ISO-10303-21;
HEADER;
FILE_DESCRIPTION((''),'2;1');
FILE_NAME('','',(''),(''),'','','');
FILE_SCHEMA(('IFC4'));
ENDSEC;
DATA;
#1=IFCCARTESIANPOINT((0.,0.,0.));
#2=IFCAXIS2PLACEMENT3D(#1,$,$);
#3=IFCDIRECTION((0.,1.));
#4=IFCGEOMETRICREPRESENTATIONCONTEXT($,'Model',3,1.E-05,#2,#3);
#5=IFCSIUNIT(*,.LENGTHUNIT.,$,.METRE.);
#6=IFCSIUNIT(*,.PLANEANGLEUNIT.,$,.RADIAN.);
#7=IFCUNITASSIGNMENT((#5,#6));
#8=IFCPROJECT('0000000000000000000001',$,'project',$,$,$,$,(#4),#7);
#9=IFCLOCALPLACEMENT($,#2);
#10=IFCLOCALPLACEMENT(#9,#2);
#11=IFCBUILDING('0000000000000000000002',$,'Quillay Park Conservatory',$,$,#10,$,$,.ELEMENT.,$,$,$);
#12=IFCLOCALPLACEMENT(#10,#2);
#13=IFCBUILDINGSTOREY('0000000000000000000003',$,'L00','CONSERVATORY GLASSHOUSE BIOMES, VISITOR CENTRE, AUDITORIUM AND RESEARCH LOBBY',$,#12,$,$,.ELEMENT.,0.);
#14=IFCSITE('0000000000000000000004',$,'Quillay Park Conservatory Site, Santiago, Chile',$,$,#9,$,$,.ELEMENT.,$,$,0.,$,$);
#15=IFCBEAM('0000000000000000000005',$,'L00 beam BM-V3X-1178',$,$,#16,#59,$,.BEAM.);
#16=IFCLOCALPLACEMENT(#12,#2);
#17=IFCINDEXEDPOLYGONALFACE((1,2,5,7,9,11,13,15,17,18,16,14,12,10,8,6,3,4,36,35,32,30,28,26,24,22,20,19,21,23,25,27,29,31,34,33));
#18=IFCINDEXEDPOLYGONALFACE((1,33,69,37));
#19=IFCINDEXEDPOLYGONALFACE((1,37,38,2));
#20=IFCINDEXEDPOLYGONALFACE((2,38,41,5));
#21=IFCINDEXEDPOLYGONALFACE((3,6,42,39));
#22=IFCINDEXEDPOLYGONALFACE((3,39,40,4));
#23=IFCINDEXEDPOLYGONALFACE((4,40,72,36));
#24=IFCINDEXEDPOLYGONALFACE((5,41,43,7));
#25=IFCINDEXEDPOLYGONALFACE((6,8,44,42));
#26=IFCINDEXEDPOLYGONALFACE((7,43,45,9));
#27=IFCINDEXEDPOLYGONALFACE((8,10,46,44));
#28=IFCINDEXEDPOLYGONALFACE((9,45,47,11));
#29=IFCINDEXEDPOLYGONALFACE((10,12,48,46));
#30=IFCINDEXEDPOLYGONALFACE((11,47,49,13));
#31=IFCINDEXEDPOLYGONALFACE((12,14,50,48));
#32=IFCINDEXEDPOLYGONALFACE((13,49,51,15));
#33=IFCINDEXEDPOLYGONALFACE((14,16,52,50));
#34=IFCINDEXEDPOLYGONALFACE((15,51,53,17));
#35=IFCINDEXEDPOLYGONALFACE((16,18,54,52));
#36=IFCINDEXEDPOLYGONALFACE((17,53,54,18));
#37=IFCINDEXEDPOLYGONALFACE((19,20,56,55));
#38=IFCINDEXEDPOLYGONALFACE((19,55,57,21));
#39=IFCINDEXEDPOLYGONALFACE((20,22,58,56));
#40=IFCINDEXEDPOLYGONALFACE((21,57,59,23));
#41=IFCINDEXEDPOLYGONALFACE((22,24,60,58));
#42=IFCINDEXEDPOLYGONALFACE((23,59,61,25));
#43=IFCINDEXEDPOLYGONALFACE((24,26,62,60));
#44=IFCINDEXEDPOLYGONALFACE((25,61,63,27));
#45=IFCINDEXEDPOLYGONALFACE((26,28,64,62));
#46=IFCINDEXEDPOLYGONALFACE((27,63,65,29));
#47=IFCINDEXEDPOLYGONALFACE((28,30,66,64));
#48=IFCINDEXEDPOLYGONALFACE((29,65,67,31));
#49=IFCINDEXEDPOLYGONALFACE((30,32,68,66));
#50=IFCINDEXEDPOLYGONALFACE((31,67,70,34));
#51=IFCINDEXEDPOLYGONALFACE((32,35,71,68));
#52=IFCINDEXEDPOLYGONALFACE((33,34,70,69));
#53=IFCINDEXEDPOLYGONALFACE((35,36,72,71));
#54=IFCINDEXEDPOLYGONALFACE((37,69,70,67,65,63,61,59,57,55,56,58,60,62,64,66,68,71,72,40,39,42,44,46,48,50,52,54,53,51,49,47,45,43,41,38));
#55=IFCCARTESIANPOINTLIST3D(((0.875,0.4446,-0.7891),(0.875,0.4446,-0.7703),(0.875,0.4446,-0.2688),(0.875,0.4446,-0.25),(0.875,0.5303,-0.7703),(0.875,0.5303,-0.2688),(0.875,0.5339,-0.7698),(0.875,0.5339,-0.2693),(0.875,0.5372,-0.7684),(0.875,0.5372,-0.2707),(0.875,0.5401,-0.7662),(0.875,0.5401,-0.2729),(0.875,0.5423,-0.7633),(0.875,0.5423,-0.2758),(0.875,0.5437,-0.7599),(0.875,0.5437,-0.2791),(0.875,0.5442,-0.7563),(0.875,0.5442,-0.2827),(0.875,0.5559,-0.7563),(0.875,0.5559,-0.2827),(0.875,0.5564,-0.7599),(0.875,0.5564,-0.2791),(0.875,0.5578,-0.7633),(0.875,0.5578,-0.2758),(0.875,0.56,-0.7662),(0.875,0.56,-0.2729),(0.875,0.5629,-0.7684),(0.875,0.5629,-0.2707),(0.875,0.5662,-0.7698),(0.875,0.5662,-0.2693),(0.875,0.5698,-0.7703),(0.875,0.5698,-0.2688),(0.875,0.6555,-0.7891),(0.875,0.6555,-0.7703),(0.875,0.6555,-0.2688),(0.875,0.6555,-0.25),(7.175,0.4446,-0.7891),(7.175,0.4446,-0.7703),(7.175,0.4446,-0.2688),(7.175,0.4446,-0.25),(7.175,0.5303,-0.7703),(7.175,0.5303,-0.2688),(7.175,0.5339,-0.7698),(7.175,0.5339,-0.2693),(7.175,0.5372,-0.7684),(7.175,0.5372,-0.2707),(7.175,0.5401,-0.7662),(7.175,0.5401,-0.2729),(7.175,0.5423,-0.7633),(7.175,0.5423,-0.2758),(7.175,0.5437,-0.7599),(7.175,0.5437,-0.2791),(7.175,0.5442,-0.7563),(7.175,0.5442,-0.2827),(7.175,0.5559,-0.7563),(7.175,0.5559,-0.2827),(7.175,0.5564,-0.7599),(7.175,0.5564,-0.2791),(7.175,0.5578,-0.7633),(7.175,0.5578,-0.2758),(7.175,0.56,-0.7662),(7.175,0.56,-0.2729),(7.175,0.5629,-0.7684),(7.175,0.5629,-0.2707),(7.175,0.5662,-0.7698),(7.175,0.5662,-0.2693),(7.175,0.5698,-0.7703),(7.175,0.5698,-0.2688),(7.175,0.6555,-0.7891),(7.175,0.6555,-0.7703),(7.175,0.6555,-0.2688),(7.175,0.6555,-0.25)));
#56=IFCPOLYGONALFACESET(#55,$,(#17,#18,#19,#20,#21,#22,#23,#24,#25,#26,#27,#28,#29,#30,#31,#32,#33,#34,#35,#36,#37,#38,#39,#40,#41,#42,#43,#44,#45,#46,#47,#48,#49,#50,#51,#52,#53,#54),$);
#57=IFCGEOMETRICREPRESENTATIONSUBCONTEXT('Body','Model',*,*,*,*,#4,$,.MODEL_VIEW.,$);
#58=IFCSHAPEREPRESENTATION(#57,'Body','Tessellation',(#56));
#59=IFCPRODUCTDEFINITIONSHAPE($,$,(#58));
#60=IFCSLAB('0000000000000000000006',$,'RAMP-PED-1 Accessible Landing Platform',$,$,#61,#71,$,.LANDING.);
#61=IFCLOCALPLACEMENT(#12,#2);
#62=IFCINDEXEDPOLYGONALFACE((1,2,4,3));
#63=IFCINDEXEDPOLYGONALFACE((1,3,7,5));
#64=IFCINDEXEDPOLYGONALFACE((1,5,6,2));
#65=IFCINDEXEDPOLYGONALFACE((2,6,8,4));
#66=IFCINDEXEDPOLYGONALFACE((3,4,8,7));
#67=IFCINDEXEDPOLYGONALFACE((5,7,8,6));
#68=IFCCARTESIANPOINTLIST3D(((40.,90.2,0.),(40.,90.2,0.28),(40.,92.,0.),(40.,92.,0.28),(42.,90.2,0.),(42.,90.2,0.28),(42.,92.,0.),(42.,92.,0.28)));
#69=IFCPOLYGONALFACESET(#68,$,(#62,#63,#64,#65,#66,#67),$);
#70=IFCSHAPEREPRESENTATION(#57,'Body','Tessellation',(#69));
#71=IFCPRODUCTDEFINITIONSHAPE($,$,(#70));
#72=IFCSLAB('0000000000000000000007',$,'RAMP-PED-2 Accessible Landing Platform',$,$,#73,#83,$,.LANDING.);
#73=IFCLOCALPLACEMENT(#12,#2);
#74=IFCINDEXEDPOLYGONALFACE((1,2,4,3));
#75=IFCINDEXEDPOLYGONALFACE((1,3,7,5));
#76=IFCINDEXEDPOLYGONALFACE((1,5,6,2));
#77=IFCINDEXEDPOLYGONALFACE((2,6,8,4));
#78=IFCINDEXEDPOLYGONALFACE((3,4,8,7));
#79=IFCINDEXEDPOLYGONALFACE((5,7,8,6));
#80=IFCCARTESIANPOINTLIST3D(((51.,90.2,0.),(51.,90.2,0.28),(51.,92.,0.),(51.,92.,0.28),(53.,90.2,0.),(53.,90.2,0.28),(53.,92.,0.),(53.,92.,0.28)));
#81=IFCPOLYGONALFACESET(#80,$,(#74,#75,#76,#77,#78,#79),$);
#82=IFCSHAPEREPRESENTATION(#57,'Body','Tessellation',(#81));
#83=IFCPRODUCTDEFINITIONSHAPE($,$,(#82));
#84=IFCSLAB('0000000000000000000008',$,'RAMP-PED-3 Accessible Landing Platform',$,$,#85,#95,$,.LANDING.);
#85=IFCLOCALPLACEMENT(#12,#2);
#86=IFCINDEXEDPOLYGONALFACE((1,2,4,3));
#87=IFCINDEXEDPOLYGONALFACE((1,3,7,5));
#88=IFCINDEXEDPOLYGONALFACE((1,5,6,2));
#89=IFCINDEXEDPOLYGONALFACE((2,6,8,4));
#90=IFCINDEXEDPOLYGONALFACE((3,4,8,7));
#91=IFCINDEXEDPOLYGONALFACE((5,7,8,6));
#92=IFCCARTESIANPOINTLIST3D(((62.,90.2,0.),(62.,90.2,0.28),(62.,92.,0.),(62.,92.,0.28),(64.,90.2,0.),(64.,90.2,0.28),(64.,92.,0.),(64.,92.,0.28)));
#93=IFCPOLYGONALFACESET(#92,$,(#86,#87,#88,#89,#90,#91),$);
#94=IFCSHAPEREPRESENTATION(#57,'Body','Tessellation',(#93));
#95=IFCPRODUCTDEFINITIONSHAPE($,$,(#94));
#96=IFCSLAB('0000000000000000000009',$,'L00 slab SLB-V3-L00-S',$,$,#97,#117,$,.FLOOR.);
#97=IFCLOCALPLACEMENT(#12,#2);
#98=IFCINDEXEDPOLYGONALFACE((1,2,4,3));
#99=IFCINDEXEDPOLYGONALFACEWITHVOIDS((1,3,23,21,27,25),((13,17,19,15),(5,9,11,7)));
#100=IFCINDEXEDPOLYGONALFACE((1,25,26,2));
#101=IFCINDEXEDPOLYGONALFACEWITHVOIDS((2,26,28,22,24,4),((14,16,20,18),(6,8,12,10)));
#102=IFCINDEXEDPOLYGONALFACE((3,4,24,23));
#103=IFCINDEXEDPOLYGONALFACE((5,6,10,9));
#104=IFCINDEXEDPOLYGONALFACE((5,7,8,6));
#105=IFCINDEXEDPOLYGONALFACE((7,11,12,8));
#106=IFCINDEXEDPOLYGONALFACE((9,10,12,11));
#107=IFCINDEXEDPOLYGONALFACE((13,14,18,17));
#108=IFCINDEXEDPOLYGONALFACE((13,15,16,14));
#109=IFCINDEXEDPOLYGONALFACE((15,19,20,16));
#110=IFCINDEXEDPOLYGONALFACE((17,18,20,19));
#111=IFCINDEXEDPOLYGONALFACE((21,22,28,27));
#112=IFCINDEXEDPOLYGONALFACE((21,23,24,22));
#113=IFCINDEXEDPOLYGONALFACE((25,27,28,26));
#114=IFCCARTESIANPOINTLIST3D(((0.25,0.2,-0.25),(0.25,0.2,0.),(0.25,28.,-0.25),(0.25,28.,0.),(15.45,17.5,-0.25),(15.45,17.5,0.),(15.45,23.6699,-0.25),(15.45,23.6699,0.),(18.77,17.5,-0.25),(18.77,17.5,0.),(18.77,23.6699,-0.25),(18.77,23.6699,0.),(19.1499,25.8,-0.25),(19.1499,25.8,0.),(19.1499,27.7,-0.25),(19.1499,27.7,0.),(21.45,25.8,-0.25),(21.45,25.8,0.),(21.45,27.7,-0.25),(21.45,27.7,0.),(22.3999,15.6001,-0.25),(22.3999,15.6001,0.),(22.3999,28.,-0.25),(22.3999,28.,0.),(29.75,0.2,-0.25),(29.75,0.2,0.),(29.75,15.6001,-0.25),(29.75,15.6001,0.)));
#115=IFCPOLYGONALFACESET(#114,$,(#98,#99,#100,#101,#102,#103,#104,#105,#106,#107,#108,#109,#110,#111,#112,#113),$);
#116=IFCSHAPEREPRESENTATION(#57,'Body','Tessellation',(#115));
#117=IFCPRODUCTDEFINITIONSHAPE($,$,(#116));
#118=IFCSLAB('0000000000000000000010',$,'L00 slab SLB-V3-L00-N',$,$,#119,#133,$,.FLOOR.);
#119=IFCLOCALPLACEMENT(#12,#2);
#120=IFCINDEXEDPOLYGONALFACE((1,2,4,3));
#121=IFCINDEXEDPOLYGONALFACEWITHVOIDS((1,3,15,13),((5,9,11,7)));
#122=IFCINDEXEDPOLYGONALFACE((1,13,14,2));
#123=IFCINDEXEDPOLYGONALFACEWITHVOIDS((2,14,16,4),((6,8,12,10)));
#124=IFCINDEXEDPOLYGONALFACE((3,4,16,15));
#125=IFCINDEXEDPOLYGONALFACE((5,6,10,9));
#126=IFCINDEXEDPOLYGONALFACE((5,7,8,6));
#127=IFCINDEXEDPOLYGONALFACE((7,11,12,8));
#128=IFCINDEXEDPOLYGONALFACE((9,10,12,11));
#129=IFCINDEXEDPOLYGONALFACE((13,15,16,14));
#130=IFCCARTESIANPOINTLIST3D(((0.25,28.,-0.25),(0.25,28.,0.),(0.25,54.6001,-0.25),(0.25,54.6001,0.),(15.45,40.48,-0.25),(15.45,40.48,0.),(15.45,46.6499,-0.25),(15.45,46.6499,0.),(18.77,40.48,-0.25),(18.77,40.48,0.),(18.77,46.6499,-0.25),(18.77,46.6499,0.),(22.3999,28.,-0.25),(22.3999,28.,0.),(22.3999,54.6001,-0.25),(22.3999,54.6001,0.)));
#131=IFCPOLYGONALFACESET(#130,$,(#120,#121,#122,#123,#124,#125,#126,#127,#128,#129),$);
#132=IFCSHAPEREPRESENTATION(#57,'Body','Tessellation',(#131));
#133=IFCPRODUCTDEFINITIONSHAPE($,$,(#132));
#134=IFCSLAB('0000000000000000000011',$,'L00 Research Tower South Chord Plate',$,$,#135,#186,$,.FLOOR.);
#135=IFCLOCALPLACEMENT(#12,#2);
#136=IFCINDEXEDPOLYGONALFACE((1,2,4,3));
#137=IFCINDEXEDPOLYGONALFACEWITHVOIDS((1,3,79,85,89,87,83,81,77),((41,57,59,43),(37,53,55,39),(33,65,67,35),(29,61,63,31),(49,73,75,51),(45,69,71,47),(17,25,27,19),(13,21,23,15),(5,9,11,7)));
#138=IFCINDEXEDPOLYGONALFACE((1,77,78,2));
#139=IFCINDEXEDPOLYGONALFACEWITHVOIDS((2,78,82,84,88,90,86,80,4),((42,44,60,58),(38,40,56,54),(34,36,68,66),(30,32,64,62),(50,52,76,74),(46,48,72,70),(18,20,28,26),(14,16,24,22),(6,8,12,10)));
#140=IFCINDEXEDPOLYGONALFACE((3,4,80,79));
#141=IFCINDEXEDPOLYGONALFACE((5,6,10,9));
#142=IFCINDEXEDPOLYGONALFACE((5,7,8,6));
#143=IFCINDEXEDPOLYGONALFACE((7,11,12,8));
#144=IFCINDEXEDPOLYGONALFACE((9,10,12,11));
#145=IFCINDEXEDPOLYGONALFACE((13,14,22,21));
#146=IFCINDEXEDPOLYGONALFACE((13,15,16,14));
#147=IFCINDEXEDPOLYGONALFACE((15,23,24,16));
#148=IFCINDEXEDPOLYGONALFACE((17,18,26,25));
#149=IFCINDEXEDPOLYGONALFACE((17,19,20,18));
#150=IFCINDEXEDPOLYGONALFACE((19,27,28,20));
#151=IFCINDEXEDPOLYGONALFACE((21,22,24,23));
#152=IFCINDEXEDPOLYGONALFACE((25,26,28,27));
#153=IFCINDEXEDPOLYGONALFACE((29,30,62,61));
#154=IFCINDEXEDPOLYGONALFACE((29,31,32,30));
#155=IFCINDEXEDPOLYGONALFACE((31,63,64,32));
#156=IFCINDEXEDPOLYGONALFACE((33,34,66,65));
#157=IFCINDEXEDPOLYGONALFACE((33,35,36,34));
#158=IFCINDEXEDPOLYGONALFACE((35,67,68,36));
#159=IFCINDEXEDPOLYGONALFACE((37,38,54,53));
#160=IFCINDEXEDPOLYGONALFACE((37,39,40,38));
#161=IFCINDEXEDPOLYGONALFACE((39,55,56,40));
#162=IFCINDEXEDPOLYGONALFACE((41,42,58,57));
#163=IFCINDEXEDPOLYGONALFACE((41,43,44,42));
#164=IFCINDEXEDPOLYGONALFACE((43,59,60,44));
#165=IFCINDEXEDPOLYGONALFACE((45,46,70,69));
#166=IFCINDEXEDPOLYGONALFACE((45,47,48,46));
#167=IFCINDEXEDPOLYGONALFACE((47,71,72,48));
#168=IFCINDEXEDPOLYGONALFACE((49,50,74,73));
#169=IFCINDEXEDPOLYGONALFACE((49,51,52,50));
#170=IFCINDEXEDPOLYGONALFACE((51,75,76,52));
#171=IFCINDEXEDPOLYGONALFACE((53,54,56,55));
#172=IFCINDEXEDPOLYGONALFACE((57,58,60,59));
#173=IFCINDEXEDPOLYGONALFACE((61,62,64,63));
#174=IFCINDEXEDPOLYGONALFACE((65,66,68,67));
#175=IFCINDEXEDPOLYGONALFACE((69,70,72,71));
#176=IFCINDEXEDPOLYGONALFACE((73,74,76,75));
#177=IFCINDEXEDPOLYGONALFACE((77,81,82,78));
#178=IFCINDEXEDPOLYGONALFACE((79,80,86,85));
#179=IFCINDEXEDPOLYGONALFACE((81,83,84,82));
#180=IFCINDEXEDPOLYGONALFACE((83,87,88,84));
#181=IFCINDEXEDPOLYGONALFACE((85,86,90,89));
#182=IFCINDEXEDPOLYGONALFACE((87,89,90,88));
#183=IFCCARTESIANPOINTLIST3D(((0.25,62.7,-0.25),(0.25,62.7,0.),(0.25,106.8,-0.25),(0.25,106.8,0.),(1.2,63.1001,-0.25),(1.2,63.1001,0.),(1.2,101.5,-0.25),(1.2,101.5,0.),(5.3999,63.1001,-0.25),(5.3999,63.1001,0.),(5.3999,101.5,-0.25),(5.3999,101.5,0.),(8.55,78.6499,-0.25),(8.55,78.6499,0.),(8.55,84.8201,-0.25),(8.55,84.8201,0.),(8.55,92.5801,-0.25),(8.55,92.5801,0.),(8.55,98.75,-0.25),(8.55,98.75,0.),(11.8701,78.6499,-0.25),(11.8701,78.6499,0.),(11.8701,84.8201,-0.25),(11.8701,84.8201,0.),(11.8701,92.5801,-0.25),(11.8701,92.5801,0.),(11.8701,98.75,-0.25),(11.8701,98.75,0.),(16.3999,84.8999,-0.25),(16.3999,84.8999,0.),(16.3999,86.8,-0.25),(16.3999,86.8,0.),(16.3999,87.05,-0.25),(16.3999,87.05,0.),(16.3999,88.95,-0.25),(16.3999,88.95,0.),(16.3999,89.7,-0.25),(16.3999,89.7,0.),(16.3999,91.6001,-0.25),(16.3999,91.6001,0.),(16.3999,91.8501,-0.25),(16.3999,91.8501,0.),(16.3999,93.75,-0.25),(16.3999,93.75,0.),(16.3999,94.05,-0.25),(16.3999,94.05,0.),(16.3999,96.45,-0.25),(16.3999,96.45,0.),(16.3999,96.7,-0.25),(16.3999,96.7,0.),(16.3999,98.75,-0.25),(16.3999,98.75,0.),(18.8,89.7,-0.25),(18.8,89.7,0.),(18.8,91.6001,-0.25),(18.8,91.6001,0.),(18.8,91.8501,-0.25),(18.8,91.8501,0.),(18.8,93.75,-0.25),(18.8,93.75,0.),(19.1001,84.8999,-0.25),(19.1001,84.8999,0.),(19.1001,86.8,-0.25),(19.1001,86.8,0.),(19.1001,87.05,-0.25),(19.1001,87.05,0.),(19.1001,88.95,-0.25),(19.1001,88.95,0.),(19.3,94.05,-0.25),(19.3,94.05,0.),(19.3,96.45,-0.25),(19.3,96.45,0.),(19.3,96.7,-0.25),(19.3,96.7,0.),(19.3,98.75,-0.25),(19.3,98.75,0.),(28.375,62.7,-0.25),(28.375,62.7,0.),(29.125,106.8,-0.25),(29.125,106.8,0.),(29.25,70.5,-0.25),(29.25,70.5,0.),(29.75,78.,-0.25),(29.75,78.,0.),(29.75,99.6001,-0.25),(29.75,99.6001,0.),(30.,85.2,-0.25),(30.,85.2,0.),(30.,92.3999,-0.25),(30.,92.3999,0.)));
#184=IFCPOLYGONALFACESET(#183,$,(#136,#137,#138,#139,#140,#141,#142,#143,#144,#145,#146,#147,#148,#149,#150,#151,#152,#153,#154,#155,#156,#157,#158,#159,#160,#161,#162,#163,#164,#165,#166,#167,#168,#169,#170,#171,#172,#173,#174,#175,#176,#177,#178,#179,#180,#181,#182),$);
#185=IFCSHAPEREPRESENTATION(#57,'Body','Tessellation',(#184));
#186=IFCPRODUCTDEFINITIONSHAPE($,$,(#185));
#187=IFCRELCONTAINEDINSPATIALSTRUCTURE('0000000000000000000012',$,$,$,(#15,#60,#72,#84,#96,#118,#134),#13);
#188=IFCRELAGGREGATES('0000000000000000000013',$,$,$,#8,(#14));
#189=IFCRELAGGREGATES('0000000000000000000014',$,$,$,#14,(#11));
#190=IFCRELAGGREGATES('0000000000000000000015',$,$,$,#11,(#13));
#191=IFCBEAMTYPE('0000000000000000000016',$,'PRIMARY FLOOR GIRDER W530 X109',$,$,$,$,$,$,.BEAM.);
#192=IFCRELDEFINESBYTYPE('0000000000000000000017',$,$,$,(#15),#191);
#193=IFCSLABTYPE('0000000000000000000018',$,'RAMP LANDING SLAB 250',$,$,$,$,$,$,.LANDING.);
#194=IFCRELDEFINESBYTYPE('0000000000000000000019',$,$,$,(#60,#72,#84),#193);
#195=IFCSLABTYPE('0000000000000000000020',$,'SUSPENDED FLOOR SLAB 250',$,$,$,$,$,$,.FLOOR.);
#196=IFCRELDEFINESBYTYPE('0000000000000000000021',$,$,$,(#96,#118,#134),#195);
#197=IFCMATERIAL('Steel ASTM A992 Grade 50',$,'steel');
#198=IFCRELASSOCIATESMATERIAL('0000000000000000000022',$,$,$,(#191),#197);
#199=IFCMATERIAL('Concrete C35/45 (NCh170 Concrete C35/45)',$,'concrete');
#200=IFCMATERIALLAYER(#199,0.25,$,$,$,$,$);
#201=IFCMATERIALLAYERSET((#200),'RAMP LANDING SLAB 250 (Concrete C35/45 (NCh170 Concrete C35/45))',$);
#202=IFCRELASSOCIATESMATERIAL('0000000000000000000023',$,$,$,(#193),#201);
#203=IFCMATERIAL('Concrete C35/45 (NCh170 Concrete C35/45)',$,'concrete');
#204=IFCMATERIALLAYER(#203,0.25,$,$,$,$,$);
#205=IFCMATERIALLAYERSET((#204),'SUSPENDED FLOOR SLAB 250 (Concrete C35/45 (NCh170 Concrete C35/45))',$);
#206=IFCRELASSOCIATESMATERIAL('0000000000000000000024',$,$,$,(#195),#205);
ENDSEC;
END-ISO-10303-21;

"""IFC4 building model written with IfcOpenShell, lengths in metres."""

from ifc_helpers import new_model, si_unit, direction, frame, origin, origin_2d, place, context, subcontext, project, spatial, polyline, i_section, outline, extrude, material, layer, layer_set, material_profile, profile_set, type_object, element, save


model = new_model("IFC4")

# Units and contexts
model_context = context("Model", 3, precision=1e-05, world=origin(), true_north=direction((0.0, 1.0)))
body_context = subcontext(model_context, "Body", "Model", "MODEL_VIEW")
ifc_project = project(units=[si_unit("LENGTHUNIT", "METRE"), si_unit("PLANEANGLEUNIT", "RADIAN")], contexts=[model_context])

# Site, building, storey
site_placement = place(None, origin())
site = spatial("IfcSite", under=ifc_project, at=site_placement, Name="Quillay Park Conservatory Site, Santiago, Chile", CompositionType="ELEMENT", RefElevation=0.0)
building_placement = place(site_placement, origin())
building = spatial("IfcBuilding", under=site, at=building_placement, Name="Quillay Park Conservatory", CompositionType="ELEMENT")
storey_placement = place(building_placement, origin())
storey = spatial("IfcBuildingStorey", under=building, at=storey_placement, Name="L00", Description="CONSERVATORY GLASSHOUSE BIOMES, VISITOR CENTRE, AUDITORIUM AND RESEARCH LOBBY", CompositionType="ELEMENT", Elevation=0.0)

# Beam
ifc_material_1 = material(Name="Steel ASTM A992 Grade 50", Category="steel")
ifc_material_profile = material_profile(ifc_material_1, i_section(OverallWidth=0.2109, OverallDepth=0.5391, WebThickness=0.0117, FlangeThickness=0.0188, FilletRadius=0.0139, at=origin_2d()), Name="W530x109")
ifc_profile_set = profile_set([ifc_material_profile], Name="Steel ASTM A992 Grade 50")
beam_type = type_object("IfcBeamType", Name="PRIMARY FLOOR GIRDER W530 X109", PredefinedType="BEAM", material=ifc_profile_set)
beam_placement = place(storey_placement, frame((0.875, 0.55, -0.5195), z_axis=(1.0, 0.0, 0.0), x_axis=(0.0, 1.0, 0.0)))
element("IfcBeam", 1, at=beam_placement, inside=storey, type_object=beam_type, Name="L00 beam BM-V3X-1178", PredefinedType="BEAM", context=body_context, shape_type="SweptSolid", body=[
    extrude(i_section(OverallWidth=0.2109, OverallDepth=0.5391, WebThickness=0.0117, FlangeThickness=0.0188, FilletRadius=0.0139, at=origin_2d()), origin(), (0.0, 0.0, 1.0), 6.3),
])

# Slabs
ifc_material_2 = material(Name="Concrete C35/45 (NCh170 Concrete C35/45)", Category="concrete")
ifc_layer_1 = layer(ifc_material_2, 0.25)
ifc_layer_set_1 = layer_set([ifc_layer_1], Name="RAMP LANDING SLAB 250 (Concrete C35/45 (NCh170 Concrete C35/45))")
slab_type_1 = type_object("IfcSlabType", Name="RAMP LANDING SLAB 250", PredefinedType="LANDING", material=ifc_layer_set_1)
slab_1_placement = place(storey_placement, origin())
element("IfcSlab", 2, at=slab_1_placement, inside=storey, type_object=slab_type_1, Name="RAMP-PED-1 Accessible Landing Platform", PredefinedType="LANDING", context=body_context, shape_type="SweptSolid", body=[
    extrude(outline(polyline([(40.0, 90.2), (42.0, 90.2), (42.0, 92.0), (40.0, 92.0), (40.0, 90.2)])), origin(), (0.0, 0.0, 1.0), 0.28),
])
slab_2_placement = place(storey_placement, origin())
element("IfcSlab", 3, at=slab_2_placement, inside=storey, type_object=slab_type_1, Name="RAMP-PED-2 Accessible Landing Platform", PredefinedType="LANDING", context=body_context, shape_type="SweptSolid", body=[
    extrude(outline(polyline([(51.0, 90.2), (53.0, 90.2), (53.0, 92.0), (51.0, 92.0), (51.0, 90.2)])), origin(), (0.0, 0.0, 1.0), 0.28),
])
slab_3_placement = place(storey_placement, origin())
element("IfcSlab", 4, at=slab_3_placement, inside=storey, type_object=slab_type_1, Name="RAMP-PED-3 Accessible Landing Platform", PredefinedType="LANDING", context=body_context, shape_type="SweptSolid", body=[
    extrude(outline(polyline([(62.0, 90.2), (64.0, 90.2), (64.0, 92.0), (62.0, 92.0), (62.0, 90.2)])), origin(), (0.0, 0.0, 1.0), 0.28),
])
ifc_material_3 = material(Name="Concrete C35/45 (NCh170 Concrete C35/45)", Category="concrete")
ifc_layer_2 = layer(ifc_material_3, 0.25)
ifc_layer_set_2 = layer_set([ifc_layer_2], Name="SUSPENDED FLOOR SLAB 250 (Concrete C35/45 (NCh170 Concrete C35/45))")
slab_type_2 = type_object("IfcSlabType", Name="SUSPENDED FLOOR SLAB 250", PredefinedType="FLOOR", material=ifc_layer_set_2)
slab_4_placement = place(storey_placement, frame((0.0, 0.0, -0.25)))
element("IfcSlab", 5, at=slab_4_placement, inside=storey, type_object=slab_type_2, Name="L00 slab SLB-V3-L00-S", PredefinedType="FLOOR", context=body_context, shape_type="SweptSolid", body=[
    extrude(outline(polyline([(0.25, 0.2), (29.75, 0.2), (29.75, 15.6001), (22.3999, 15.6001), (22.3999, 28.0), (0.25, 28.0), (0.25, 0.2)]), holes=[polyline([(15.45, 17.5), (18.77, 17.5), (18.77, 23.6699), (15.45, 23.6699), (15.45, 17.5)]), polyline([(19.1499, 25.8), (21.45, 25.8), (21.45, 27.7), (19.1499, 27.7), (19.1499, 25.8)])]), origin(), (0.0, 0.0, 1.0), 0.25),
])
slab_5_placement = place(storey_placement, frame((0.0, 0.0, -0.25)))
element("IfcSlab", 6, at=slab_5_placement, inside=storey, type_object=slab_type_2, Name="L00 slab SLB-V3-L00-N", PredefinedType="FLOOR", context=body_context, shape_type="SweptSolid", body=[
    extrude(outline(polyline([(0.25, 28.0), (22.3999, 28.0), (22.3999, 54.6001), (0.25, 54.6001), (0.25, 28.0)]), holes=[polyline([(15.45, 40.48), (18.77, 40.48), (18.77, 46.6499), (15.45, 46.6499), (15.45, 40.48)])]), origin(), (0.0, 0.0, 1.0), 0.25),
])
slab_6_placement = place(storey_placement, frame((0.0, 0.0, -0.25)))
element("IfcSlab", 7, at=slab_6_placement, inside=storey, type_object=slab_type_2, Name="L00 Research Tower South Chord Plate", PredefinedType="FLOOR", context=body_context, shape_type="SweptSolid", body=[
    extrude(outline(polyline([(0.25, 62.7), (28.375, 62.7), (29.25, 70.5), (29.75, 78.0), (30.0, 85.2), (30.0, 92.3999), (29.75, 99.6001), (29.125, 106.8), (0.25, 106.8), (0.25, 62.7)]), holes=[polyline([(8.55, 92.5801), (11.8701, 92.5801), (11.8701, 98.75), (8.55, 98.75), (8.55, 92.5801)]), polyline([(8.55, 78.6499), (11.8701, 78.6499), (11.8701, 84.8201), (8.55, 84.8201), (8.55, 78.6499)]), polyline([(16.3999, 84.8999), (19.1001, 84.8999), (19.1001, 86.8), (16.3999, 86.8), (16.3999, 84.8999)]), polyline([(16.3999, 87.05), (19.1001, 87.05), (19.1001, 88.95), (16.3999, 88.95), (16.3999, 87.05)]), polyline([(16.3999, 89.7), (18.8, 89.7), (18.8, 91.6001), (16.3999, 91.6001), (16.3999, 89.7)]), polyline([(16.3999, 91.8501), (18.8, 91.8501), (18.8, 93.75), (16.3999, 93.75), (16.3999, 91.8501)]), polyline([(16.3999, 94.05), (19.3, 94.05), (19.3, 96.45), (16.3999, 96.45), (16.3999, 94.05)]), polyline([(16.3999, 96.7), (19.3, 96.7), (19.3, 98.75), (16.3999, 98.75), (16.3999, 96.7)]), polyline([(1.2, 63.1001), (5.3999, 63.1001), (5.3999, 101.5), (1.2, 101.5), (1.2, 63.1001)])]), origin(), (0.0, 0.0, 1.0), 0.25),
])

save(model, "model.ifc")
